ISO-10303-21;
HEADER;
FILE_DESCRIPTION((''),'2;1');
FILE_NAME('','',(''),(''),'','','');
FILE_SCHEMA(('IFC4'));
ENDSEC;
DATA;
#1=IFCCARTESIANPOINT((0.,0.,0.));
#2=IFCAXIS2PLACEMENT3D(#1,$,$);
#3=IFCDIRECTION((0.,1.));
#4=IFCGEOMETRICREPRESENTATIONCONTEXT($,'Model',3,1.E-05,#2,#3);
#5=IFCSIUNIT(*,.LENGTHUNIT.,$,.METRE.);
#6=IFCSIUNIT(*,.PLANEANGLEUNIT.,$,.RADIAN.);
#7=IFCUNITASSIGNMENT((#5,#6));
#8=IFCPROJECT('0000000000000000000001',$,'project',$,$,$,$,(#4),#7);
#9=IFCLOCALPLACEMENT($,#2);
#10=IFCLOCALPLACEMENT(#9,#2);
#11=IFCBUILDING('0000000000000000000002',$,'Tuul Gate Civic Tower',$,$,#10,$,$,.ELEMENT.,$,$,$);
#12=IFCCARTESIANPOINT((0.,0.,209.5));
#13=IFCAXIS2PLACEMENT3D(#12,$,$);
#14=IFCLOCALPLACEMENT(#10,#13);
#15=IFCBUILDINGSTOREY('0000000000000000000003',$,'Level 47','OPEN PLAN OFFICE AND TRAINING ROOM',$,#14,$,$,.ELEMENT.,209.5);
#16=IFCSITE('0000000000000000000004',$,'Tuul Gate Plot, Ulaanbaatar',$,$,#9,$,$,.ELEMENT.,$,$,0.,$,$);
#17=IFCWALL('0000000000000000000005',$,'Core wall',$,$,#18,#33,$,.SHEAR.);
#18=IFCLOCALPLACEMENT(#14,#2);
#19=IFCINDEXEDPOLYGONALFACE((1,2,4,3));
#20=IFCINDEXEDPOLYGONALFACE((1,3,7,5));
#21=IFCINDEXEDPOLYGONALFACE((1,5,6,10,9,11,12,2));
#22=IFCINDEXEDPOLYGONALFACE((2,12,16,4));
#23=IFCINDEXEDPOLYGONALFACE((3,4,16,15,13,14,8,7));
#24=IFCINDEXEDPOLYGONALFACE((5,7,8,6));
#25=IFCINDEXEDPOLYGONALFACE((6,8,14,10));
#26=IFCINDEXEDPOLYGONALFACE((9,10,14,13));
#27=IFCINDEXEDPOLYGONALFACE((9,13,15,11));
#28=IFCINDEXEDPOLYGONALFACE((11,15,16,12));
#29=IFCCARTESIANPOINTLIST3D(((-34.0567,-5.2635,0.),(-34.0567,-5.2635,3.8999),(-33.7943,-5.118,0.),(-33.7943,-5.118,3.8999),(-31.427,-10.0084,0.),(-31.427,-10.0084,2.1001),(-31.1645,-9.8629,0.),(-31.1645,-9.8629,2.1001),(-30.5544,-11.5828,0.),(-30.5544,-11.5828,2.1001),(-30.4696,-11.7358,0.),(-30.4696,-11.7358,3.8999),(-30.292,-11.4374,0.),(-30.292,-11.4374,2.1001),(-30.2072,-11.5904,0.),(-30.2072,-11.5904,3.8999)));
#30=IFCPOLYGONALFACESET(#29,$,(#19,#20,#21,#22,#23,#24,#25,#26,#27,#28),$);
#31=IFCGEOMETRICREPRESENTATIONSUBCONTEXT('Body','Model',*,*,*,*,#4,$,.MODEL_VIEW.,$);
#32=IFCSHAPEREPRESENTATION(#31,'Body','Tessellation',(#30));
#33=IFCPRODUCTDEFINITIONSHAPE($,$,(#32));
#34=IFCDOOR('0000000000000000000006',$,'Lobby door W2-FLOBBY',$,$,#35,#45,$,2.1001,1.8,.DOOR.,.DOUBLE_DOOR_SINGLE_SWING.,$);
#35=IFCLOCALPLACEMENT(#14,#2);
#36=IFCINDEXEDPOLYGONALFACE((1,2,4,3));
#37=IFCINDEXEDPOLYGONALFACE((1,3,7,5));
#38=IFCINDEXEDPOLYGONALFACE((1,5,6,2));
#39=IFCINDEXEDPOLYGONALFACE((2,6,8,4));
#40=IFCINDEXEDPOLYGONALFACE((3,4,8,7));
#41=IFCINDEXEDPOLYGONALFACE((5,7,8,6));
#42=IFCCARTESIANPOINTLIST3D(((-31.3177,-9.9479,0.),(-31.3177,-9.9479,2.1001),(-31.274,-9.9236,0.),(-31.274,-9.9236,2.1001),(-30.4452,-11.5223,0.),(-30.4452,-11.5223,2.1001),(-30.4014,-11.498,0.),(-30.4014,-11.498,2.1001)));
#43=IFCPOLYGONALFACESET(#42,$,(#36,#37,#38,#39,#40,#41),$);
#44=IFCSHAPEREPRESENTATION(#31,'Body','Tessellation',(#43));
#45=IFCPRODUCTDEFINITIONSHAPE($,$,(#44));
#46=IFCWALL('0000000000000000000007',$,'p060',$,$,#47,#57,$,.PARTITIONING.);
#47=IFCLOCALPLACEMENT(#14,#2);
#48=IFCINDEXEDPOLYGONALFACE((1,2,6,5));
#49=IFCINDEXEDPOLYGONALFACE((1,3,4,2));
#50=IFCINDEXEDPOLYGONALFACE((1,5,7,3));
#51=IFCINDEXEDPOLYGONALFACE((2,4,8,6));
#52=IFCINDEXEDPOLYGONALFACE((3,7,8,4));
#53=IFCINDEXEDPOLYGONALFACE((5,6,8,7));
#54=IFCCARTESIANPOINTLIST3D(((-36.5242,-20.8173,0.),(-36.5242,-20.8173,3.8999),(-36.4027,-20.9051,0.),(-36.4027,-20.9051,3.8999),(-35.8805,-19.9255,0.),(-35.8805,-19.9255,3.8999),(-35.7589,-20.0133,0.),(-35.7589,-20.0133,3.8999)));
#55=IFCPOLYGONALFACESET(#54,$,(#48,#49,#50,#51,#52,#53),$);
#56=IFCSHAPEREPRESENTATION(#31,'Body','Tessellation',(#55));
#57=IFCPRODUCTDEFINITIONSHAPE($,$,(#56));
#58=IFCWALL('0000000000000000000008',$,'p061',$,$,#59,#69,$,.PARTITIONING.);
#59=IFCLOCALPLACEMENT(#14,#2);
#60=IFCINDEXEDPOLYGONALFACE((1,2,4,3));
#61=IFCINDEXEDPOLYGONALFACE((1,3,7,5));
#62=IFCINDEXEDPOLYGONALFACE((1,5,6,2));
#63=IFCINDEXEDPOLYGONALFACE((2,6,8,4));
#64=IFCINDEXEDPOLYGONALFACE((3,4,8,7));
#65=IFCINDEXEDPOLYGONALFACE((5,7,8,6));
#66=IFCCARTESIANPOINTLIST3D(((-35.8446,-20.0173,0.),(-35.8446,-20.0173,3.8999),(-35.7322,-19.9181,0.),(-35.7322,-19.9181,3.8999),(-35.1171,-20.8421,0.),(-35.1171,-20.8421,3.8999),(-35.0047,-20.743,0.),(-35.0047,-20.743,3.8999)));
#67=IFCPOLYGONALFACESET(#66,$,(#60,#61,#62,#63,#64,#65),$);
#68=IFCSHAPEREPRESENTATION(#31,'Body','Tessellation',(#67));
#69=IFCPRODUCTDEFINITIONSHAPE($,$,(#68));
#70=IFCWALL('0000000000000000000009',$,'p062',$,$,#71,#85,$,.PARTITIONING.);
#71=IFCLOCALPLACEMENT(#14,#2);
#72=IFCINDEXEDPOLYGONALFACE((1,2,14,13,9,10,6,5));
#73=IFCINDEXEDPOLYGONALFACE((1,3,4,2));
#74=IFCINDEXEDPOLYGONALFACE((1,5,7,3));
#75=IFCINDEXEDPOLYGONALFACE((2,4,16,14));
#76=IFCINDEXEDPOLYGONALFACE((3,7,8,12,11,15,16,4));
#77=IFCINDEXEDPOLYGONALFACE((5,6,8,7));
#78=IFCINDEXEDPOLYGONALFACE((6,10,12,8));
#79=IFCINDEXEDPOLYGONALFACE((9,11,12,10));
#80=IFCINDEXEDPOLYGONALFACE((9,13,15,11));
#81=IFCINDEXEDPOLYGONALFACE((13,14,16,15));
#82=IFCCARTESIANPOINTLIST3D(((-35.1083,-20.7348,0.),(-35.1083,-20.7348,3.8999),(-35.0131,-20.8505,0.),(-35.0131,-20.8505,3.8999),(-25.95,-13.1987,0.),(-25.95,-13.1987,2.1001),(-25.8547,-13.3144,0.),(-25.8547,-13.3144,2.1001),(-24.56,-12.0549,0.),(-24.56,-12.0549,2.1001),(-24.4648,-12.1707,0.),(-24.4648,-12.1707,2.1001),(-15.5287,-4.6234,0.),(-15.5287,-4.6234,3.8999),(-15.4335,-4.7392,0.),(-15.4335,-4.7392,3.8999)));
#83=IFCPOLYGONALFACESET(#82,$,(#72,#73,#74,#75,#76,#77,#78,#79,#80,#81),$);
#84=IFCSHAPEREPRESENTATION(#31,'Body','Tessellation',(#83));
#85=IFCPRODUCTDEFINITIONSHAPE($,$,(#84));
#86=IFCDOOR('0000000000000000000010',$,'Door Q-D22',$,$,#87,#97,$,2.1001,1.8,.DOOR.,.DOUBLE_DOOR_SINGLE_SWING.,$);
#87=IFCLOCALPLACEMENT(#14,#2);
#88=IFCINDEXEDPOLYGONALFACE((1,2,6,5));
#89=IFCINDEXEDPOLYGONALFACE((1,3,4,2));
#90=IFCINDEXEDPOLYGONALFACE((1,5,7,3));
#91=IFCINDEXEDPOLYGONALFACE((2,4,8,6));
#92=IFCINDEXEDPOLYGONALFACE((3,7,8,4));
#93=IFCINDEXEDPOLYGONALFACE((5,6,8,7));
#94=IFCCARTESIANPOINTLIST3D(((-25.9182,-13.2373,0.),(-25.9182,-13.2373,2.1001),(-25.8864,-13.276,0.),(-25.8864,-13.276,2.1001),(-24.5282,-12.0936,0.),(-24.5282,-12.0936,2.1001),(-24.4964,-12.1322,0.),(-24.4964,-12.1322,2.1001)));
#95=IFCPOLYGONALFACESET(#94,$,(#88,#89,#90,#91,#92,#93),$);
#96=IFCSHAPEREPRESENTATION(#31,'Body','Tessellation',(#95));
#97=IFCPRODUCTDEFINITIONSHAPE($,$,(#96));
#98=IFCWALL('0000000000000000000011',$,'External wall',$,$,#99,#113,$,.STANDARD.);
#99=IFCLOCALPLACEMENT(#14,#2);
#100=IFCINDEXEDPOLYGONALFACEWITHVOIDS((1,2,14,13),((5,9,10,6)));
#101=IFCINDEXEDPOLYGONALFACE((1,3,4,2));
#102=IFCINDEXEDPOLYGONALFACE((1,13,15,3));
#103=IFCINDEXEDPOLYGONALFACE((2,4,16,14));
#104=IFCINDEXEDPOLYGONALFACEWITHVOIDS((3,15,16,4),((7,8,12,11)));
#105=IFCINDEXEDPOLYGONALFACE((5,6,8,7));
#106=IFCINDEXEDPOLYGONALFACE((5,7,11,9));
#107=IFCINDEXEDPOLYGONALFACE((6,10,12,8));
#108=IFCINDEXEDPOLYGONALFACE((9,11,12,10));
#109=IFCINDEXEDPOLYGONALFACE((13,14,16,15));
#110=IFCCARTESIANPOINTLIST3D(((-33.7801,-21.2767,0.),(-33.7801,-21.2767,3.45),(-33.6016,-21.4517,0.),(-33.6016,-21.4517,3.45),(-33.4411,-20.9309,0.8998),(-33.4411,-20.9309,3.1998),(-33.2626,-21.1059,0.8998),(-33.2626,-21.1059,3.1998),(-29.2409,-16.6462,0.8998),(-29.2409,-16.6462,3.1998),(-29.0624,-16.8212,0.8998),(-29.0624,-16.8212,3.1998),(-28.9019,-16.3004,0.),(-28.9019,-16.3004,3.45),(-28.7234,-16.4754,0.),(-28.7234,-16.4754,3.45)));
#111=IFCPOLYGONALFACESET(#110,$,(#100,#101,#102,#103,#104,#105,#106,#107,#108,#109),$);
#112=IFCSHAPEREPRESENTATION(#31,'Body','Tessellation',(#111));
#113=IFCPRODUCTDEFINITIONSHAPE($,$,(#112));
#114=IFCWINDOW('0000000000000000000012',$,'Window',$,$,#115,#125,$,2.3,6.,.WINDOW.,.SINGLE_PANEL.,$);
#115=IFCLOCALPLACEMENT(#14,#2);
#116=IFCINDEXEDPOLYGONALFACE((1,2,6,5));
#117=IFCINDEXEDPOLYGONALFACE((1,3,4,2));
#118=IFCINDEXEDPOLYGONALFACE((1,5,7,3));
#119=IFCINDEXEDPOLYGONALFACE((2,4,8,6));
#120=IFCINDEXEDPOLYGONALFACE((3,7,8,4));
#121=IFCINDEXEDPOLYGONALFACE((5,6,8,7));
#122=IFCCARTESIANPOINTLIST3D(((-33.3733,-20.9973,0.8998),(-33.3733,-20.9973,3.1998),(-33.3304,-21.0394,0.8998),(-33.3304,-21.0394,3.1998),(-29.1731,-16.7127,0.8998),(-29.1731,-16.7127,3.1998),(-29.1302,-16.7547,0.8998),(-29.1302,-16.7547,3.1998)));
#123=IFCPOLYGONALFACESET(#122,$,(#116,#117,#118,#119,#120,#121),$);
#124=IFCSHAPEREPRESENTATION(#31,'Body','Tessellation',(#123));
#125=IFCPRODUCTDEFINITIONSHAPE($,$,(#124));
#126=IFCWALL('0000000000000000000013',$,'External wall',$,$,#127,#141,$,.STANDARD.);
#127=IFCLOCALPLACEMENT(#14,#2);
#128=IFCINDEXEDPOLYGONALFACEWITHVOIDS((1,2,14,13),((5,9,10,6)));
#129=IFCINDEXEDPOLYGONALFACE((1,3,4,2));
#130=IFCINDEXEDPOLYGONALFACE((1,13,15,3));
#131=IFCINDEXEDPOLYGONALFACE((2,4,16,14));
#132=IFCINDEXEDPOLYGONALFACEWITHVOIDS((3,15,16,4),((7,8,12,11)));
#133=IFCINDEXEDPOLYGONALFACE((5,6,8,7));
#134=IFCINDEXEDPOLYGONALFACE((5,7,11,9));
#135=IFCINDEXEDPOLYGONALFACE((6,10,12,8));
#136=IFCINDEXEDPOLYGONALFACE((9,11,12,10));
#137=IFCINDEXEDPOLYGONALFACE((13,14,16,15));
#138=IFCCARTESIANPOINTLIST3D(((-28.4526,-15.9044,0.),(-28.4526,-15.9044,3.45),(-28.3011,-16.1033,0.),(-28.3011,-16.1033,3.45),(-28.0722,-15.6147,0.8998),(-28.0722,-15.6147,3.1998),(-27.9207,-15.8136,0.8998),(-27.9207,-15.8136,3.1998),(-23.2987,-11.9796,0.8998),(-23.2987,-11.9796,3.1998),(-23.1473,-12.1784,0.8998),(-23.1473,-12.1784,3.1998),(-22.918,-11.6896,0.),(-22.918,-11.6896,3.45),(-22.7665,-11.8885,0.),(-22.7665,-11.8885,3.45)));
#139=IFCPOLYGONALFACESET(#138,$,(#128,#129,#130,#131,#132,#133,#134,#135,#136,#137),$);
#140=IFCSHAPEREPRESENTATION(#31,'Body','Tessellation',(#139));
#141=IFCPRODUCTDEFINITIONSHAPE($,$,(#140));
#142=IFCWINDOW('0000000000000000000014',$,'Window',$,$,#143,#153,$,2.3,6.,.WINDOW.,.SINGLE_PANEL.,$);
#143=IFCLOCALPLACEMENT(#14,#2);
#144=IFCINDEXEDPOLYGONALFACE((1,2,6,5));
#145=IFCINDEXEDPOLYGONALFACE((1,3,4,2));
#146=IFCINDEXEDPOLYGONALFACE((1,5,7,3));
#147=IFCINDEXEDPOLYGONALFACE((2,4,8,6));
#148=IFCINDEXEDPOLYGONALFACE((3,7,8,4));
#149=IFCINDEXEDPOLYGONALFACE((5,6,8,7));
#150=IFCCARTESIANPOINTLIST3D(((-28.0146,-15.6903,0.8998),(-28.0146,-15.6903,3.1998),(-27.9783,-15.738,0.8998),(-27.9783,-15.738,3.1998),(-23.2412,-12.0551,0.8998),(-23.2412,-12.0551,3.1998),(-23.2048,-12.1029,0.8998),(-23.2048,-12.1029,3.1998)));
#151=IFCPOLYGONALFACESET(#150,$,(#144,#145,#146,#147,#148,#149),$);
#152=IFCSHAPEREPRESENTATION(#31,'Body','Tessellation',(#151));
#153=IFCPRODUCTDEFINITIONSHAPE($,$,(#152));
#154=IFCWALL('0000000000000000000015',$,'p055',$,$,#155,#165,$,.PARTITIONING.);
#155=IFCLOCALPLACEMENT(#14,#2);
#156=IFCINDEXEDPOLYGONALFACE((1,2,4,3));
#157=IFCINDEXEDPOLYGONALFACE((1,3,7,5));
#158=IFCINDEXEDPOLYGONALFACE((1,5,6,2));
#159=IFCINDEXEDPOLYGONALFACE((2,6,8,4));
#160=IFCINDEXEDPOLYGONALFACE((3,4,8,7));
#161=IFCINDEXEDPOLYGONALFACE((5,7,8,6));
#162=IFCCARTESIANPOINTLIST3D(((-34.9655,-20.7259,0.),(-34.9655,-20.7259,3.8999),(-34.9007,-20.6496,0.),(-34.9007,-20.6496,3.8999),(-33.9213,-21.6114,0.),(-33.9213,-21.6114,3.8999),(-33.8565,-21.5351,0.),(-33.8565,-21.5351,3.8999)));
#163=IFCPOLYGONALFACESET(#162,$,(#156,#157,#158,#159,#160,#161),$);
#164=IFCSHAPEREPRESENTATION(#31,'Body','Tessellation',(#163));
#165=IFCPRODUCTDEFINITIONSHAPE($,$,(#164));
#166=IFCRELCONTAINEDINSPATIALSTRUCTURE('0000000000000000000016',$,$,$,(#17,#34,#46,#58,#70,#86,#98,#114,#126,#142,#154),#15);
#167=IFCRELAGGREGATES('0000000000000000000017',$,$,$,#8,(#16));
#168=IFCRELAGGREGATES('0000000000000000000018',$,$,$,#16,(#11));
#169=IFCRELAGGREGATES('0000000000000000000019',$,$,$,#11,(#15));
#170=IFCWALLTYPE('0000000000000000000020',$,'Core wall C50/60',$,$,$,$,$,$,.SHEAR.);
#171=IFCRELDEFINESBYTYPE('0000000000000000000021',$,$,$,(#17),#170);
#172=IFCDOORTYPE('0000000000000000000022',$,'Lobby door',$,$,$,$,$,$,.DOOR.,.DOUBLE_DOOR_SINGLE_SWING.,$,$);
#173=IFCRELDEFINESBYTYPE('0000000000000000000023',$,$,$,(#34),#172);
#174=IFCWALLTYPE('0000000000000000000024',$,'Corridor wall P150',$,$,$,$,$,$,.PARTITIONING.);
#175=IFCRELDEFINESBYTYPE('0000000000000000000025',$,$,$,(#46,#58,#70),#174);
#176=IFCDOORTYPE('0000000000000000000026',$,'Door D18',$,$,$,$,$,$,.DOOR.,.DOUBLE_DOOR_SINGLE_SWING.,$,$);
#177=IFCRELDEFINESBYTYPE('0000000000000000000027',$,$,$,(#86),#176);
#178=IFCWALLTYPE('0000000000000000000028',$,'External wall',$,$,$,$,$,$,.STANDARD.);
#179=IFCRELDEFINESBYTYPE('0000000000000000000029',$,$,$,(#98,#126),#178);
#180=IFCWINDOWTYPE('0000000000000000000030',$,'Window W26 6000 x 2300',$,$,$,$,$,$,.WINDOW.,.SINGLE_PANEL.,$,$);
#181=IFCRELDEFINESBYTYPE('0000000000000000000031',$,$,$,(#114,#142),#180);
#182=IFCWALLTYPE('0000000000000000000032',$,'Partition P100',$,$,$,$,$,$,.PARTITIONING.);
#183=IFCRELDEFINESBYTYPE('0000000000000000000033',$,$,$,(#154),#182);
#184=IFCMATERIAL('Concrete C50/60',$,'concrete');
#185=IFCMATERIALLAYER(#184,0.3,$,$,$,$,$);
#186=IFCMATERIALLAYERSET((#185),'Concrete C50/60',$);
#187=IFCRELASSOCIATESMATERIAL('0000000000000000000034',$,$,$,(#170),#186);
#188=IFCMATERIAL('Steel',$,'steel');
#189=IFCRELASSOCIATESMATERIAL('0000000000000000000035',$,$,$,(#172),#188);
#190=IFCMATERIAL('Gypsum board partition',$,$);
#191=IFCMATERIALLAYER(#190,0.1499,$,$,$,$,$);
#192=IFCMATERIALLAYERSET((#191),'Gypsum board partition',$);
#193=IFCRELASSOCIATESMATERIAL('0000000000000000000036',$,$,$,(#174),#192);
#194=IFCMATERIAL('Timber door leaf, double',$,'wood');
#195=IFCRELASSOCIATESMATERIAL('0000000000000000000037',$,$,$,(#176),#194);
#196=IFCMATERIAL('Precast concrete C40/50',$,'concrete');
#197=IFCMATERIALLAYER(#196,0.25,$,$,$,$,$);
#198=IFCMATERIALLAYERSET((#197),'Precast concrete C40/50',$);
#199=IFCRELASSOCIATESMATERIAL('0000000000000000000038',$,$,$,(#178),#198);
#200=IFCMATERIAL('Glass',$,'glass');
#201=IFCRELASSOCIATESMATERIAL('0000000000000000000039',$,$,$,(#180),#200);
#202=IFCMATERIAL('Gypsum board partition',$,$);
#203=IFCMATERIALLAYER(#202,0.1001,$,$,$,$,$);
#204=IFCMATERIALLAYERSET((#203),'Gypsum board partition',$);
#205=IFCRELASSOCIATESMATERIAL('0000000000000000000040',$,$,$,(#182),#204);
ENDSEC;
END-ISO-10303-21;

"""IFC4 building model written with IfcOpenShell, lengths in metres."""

from ifc_helpers import new_model, si_unit, direction, frame, frame_2d, origin, place, context, subcontext, project, spatial, rectangle, extrude, material, layer, layer_set, type_object, element, fill, save


model = new_model("IFC4")

# Units and contexts
model_context = context("Model", 3, precision=1e-05, world=origin(), true_north=direction((0.0, 1.0)))
body_context = subcontext(model_context, "Body", "Model", "MODEL_VIEW")
ifc_project = project(units=[si_unit("LENGTHUNIT", "METRE"), si_unit("PLANEANGLEUNIT", "RADIAN")], contexts=[model_context])

# Site, building, storey
site_placement = place(None, origin())
site = spatial("IfcSite", under=ifc_project, at=site_placement, Name="Tuul Gate Plot, Ulaanbaatar", CompositionType="ELEMENT", RefElevation=0.0)
building_placement = place(site_placement, origin())
building = spatial("IfcBuilding", under=site, at=building_placement, Name="Tuul Gate Civic Tower", CompositionType="ELEMENT")
storey_placement = place(building_placement, frame((0.0, 0.0, 209.5)))
storey = spatial("IfcBuildingStorey", under=building, at=storey_placement, Name="Level 47", Description="OPEN PLAN OFFICE AND TRAINING ROOM", CompositionType="ELEMENT", Elevation=209.5)

# Shared definitions
ifc_material_1 = material(Name="Concrete C50/60", Category="concrete")
ifc_layer_1 = layer(ifc_material_1, 0.3)
ifc_layer_set_1 = layer_set([ifc_layer_1], Name="Concrete C50/60")
wall_type_1 = type_object("IfcWallType", Name="Core wall C50/60", PredefinedType="SHEAR", material=ifc_layer_set_1)
ifc_material_2 = material(Name="Steel", Category="steel")
door_type_1 = type_object("IfcDoorType", Name="Lobby door", OperationType="DOUBLE_DOOR_SINGLE_SWING", PredefinedType="DOOR", material=ifc_material_2)

# Wall, opening, door
wall_1_placement = place(storey_placement, frame((-30.3384, -11.6631, 0.0), z_axis=(0.0, 0.0, 1.0), x_axis=(-0.484752, 0.874652, 0.0)))
wall_1 = element("IfcWall", 1, at=wall_1_placement, inside=storey, type_object=wall_type_1, Name="Core wall", PredefinedType="SHEAR", context=body_context, shape_type="SweptSolid", body=[
    extrude(rectangle(XDim=7.3999, YDim=0.3, at=frame_2d((3.7, 0.0))), origin(), (0.0, 0.0, 1.0), 3.8999),
])
opening_1_placement = place(wall_1_placement, frame((0.175, 0.0, 0.0)))
opening_1 = element("IfcOpeningElement", 2, at=opening_1_placement, cuts=wall_1, PredefinedType="OPENING", context=body_context, shape_type="SweptSolid", body=[
    extrude(rectangle(XDim=1.8, YDim=2.1001, at=frame_2d((0.8999, 1.05))), frame((0.0, 0.1602, 0.0), z_axis=(0.0, -1.0, 0.0), x_axis=(1.0, 0.0, 0.0)), (0.0, 0.0, 1.0), 0.3201),
])
door_1_placement = place(opening_1_placement, frame((1.8, 0.0, 0.0), z_axis=(0.0, 0.0, 1.0), x_axis=(-1.0, 0.0, 0.0)))
door_1 = element("IfcDoor", 3, at=door_1_placement, inside=storey, type_object=door_type_1, Name="Lobby door W2-FLOBBY", OperationType="DOUBLE_DOOR_SINGLE_SWING", OverallHeight=2.1001, OverallWidth=1.8, PredefinedType="DOOR", context=body_context, shape_type="SweptSolid", body=[
    extrude(rectangle(XDim=1.8, YDim=2.1001, at=frame_2d((0.9001, 1.05))), frame((0.0, 0.0249, 0.0), z_axis=(0.0, -1.0, 0.0), x_axis=(1.0, 0.0, 0.0)), (0.0, 0.0, 1.0), 0.05),
])
fill(opening_1, door_1)

# Walls
ifc_material_3 = material(Name="Gypsum board partition")
ifc_layer_2 = layer(ifc_material_3, 0.1499)
ifc_layer_set_2 = layer_set([ifc_layer_2], Name="Gypsum board partition")
wall_type_2 = type_object("IfcWallType", Name="Corridor wall P150", PredefinedType="PARTITIONING", material=ifc_layer_set_2)
for number, where, z_axis, x_axis, name in (
    (4, (-36.4634, -20.8611, 0.0), (0.0, 0.0, 1.0), (0.585304, 0.810814, 0.0), "p060"),
    (5, (-35.7883, -19.9678, 0.0), (0.0, 0.0, 1.0), (0.661438, -0.75, 0.0), "p061"),
):
    element("IfcWall", number, at=place(storey_placement, frame(where, z_axis=z_axis, x_axis=x_axis)), inside=storey, type_object=wall_type_2, Name=name, PredefinedType="PARTITIONING", context=body_context, shape_type="SweptSolid", body=[
        extrude(rectangle(XDim=1.0999, YDim=0.1499, at=frame_2d((0.5498, 0.0))), origin(), (0.0, 0.0, 1.0), 3.8999),
    ])

# Wall, opening, door
wall_2_placement = place(storey_placement, frame((-35.0608, -20.7927, 0.0), z_axis=(0.0, 0.0, 1.0), x_axis=(0.772183, 0.635401, 0.0)))
wall_2 = element("IfcWall", 6, at=wall_2_placement, inside=storey, type_object=wall_type_2, Name="p062", PredefinedType="PARTITIONING", context=body_context, shape_type="SweptSolid", body=[
    extrude(rectangle(XDim=25.3562, YDim=0.1499, at=frame_2d((12.6782, 0.0))), origin(), (0.0, 0.0, 1.0), 3.8999),
])
opening_2_placement = place(wall_2_placement, frame((11.8606, 0.0, 0.0)))
opening_2 = element("IfcOpeningElement", 7, at=opening_2_placement, cuts=wall_2, PredefinedType="OPENING", context=body_context, shape_type="SweptSolid", body=[
    extrude(rectangle(XDim=1.8, YDim=2.1001, at=frame_2d((0.8999, 1.05))), frame((0.0, 0.085, 0.0), z_axis=(0.0, -1.0, 0.0), x_axis=(1.0, 0.0, 0.0)), (0.0, 0.0, 1.0), 0.1699),
])
ifc_material_4 = material(Name="Timber door leaf, double", Category="wood")
door_type_2 = type_object("IfcDoorType", Name="Door D18", OperationType="DOUBLE_DOOR_SINGLE_SWING", PredefinedType="DOOR", material=ifc_material_4)
door_2_placement = place(opening_2_placement, origin())
door_2 = element("IfcDoor", 8, at=door_2_placement, inside=storey, type_object=door_type_2, Name="Door Q-D22", OperationType="DOUBLE_DOOR_SINGLE_SWING", OverallHeight=2.1001, OverallWidth=1.8, PredefinedType="DOOR", context=body_context, shape_type="SweptSolid", body=[
    extrude(rectangle(XDim=1.8, YDim=2.1001, at=frame_2d((0.8999, 1.05))), frame((0.0, 0.0249, 0.0), z_axis=(0.0, -1.0, 0.0), x_axis=(1.0, 0.0, 0.0)), (0.0, 0.0, 1.0), 0.05),
])
fill(opening_2, door_2)

# Walls, openings, windows
ifc_material_5 = material(Name="Precast concrete C40/50", Category="concrete")
ifc_layer_3 = layer(ifc_material_5, 0.25)
ifc_layer_set_3 = layer_set([ifc_layer_3], Name="Precast concrete C40/50")
wall_type_3 = type_object("IfcWallType", Name="External wall", PredefinedType="STANDARD", material=ifc_layer_set_3)
wall_3_placement = place(storey_placement, frame((-33.6909, -21.3643, 0.0), z_axis=(0.0, 0.0, 1.0), x_axis=(0.70003, 0.714114, 0.0)))
wall_3 = element("IfcWall", 9, at=wall_3_placement, inside=storey, type_object=wall_type_3, Name="External wall", PredefinedType="STANDARD", context=body_context, shape_type="SweptSolid", body=[
    extrude(rectangle(XDim=6.9685, YDim=0.25, at=frame_2d((3.4844, 0.0))), origin(), (0.0, 0.0, 1.0), 3.45),
])
opening_3_placement = place(wall_3_placement, frame((0.4844, 0.0, 0.8999)))
opening_3 = element("IfcOpeningElement", 10, at=opening_3_placement, cuts=wall_3, PredefinedType="OPENING", context=body_context, shape_type="SweptSolid", body=[
    extrude(rectangle(XDim=6.0, YDim=2.3, at=frame_2d((3.0, 1.1499))), frame((0.0, 0.135, 0.0), z_axis=(0.0, -1.0, 0.0), x_axis=(1.0, 0.0, 0.0)), (0.0, 0.0, 1.0), 0.27),
])
ifc_material_6 = material(Name="Glass", Category="glass")
window_type = type_object("IfcWindowType", Name="Window W26 6000 x 2300", PartitioningType="SINGLE_PANEL", PredefinedType="WINDOW", material=ifc_material_6)
window_1_placement = place(opening_3_placement, origin())
window_1 = element("IfcWindow", 11, at=window_1_placement, inside=storey, type_object=window_type, Name="Window", OverallHeight=2.3, OverallWidth=6.0, PartitioningType="SINGLE_PANEL", PredefinedType="WINDOW", context=body_context, shape_type="SweptSolid", body=[
    extrude(rectangle(XDim=6.0, YDim=2.3, at=frame_2d((3.0, 1.1499))), frame((0.0, 0.03, 0.0), z_axis=(0.0, -1.0, 0.0), x_axis=(1.0, 0.0, 0.0)), (0.0, 0.0, 1.0), 0.0601),
])
fill(opening_3, window_1)
wall_4_placement = place(storey_placement, frame((-28.377, -16.0039, 0.0), z_axis=(0.0, 0.0, 1.0), x_axis=(0.795573, 0.605857, 0.0)))
wall_4 = element("IfcWall", 12, at=wall_4_placement, inside=storey, type_object=wall_type_3, Name="External wall", PredefinedType="STANDARD", context=body_context, shape_type="SweptSolid", body=[
    extrude(rectangle(XDim=6.9568, YDim=0.25, at=frame_2d((3.4785, 0.0))), origin(), (0.0, 0.0, 1.0), 3.45),
])
opening_4_placement = place(wall_4_placement, frame((0.4783, 0.0, 0.8999)))
opening_4 = element("IfcOpeningElement", 13, at=opening_4_placement, cuts=wall_4, PredefinedType="OPENING", context=body_context, shape_type="SweptSolid", body=[
    extrude(rectangle(XDim=6.0, YDim=2.3, at=frame_2d((3.0, 1.1499))), frame((0.0, 0.135, 0.0), z_axis=(0.0, -1.0, 0.0), x_axis=(1.0, 0.0, 0.0)), (0.0, 0.0, 1.0), 0.27),
])
window_2_placement = place(opening_4_placement, origin())
window_2 = element("IfcWindow", 14, at=window_2_placement, inside=storey, type_object=window_type, Name="Window", OverallHeight=2.3, OverallWidth=6.0, PartitioningType="SINGLE_PANEL", PredefinedType="WINDOW", context=body_context, shape_type="SweptSolid", body=[
    extrude(rectangle(XDim=6.0, YDim=2.3, at=frame_2d((3.0, 1.1499))), frame((0.0, 0.03, 0.0), z_axis=(0.0, -1.0, 0.0), x_axis=(1.0, 0.0, 0.0)), (0.0, 0.0, 1.0), 0.0601),
])
fill(opening_4, window_2)

# Wall
ifc_material_7 = material(Name="Gypsum board partition")
ifc_layer_4 = layer(ifc_material_7, 0.1001)
ifc_layer_set_4 = layer_set([ifc_layer_4], Name="Gypsum board partition")
wall_type_4 = type_object("IfcWallType", Name="Partition P100", PredefinedType="PARTITIONING", material=ifc_layer_set_4)
wall_5_placement = place(storey_placement, frame((-34.9331, -20.6877, 0.0), z_axis=(0.0, 0.0, 1.0), x_axis=(0.762682, -0.646773, 0.0)))
element("IfcWall", 15, at=wall_5_placement, inside=storey, type_object=wall_type_4, Name="p055", PredefinedType="PARTITIONING", context=body_context, shape_type="SweptSolid", body=[
    extrude(rectangle(XDim=1.3691, YDim=0.1001, at=frame_2d((0.6846, 0.0))), origin(), (0.0, 0.0, 1.0), 3.8999),
])

save(model, "model.ifc")
